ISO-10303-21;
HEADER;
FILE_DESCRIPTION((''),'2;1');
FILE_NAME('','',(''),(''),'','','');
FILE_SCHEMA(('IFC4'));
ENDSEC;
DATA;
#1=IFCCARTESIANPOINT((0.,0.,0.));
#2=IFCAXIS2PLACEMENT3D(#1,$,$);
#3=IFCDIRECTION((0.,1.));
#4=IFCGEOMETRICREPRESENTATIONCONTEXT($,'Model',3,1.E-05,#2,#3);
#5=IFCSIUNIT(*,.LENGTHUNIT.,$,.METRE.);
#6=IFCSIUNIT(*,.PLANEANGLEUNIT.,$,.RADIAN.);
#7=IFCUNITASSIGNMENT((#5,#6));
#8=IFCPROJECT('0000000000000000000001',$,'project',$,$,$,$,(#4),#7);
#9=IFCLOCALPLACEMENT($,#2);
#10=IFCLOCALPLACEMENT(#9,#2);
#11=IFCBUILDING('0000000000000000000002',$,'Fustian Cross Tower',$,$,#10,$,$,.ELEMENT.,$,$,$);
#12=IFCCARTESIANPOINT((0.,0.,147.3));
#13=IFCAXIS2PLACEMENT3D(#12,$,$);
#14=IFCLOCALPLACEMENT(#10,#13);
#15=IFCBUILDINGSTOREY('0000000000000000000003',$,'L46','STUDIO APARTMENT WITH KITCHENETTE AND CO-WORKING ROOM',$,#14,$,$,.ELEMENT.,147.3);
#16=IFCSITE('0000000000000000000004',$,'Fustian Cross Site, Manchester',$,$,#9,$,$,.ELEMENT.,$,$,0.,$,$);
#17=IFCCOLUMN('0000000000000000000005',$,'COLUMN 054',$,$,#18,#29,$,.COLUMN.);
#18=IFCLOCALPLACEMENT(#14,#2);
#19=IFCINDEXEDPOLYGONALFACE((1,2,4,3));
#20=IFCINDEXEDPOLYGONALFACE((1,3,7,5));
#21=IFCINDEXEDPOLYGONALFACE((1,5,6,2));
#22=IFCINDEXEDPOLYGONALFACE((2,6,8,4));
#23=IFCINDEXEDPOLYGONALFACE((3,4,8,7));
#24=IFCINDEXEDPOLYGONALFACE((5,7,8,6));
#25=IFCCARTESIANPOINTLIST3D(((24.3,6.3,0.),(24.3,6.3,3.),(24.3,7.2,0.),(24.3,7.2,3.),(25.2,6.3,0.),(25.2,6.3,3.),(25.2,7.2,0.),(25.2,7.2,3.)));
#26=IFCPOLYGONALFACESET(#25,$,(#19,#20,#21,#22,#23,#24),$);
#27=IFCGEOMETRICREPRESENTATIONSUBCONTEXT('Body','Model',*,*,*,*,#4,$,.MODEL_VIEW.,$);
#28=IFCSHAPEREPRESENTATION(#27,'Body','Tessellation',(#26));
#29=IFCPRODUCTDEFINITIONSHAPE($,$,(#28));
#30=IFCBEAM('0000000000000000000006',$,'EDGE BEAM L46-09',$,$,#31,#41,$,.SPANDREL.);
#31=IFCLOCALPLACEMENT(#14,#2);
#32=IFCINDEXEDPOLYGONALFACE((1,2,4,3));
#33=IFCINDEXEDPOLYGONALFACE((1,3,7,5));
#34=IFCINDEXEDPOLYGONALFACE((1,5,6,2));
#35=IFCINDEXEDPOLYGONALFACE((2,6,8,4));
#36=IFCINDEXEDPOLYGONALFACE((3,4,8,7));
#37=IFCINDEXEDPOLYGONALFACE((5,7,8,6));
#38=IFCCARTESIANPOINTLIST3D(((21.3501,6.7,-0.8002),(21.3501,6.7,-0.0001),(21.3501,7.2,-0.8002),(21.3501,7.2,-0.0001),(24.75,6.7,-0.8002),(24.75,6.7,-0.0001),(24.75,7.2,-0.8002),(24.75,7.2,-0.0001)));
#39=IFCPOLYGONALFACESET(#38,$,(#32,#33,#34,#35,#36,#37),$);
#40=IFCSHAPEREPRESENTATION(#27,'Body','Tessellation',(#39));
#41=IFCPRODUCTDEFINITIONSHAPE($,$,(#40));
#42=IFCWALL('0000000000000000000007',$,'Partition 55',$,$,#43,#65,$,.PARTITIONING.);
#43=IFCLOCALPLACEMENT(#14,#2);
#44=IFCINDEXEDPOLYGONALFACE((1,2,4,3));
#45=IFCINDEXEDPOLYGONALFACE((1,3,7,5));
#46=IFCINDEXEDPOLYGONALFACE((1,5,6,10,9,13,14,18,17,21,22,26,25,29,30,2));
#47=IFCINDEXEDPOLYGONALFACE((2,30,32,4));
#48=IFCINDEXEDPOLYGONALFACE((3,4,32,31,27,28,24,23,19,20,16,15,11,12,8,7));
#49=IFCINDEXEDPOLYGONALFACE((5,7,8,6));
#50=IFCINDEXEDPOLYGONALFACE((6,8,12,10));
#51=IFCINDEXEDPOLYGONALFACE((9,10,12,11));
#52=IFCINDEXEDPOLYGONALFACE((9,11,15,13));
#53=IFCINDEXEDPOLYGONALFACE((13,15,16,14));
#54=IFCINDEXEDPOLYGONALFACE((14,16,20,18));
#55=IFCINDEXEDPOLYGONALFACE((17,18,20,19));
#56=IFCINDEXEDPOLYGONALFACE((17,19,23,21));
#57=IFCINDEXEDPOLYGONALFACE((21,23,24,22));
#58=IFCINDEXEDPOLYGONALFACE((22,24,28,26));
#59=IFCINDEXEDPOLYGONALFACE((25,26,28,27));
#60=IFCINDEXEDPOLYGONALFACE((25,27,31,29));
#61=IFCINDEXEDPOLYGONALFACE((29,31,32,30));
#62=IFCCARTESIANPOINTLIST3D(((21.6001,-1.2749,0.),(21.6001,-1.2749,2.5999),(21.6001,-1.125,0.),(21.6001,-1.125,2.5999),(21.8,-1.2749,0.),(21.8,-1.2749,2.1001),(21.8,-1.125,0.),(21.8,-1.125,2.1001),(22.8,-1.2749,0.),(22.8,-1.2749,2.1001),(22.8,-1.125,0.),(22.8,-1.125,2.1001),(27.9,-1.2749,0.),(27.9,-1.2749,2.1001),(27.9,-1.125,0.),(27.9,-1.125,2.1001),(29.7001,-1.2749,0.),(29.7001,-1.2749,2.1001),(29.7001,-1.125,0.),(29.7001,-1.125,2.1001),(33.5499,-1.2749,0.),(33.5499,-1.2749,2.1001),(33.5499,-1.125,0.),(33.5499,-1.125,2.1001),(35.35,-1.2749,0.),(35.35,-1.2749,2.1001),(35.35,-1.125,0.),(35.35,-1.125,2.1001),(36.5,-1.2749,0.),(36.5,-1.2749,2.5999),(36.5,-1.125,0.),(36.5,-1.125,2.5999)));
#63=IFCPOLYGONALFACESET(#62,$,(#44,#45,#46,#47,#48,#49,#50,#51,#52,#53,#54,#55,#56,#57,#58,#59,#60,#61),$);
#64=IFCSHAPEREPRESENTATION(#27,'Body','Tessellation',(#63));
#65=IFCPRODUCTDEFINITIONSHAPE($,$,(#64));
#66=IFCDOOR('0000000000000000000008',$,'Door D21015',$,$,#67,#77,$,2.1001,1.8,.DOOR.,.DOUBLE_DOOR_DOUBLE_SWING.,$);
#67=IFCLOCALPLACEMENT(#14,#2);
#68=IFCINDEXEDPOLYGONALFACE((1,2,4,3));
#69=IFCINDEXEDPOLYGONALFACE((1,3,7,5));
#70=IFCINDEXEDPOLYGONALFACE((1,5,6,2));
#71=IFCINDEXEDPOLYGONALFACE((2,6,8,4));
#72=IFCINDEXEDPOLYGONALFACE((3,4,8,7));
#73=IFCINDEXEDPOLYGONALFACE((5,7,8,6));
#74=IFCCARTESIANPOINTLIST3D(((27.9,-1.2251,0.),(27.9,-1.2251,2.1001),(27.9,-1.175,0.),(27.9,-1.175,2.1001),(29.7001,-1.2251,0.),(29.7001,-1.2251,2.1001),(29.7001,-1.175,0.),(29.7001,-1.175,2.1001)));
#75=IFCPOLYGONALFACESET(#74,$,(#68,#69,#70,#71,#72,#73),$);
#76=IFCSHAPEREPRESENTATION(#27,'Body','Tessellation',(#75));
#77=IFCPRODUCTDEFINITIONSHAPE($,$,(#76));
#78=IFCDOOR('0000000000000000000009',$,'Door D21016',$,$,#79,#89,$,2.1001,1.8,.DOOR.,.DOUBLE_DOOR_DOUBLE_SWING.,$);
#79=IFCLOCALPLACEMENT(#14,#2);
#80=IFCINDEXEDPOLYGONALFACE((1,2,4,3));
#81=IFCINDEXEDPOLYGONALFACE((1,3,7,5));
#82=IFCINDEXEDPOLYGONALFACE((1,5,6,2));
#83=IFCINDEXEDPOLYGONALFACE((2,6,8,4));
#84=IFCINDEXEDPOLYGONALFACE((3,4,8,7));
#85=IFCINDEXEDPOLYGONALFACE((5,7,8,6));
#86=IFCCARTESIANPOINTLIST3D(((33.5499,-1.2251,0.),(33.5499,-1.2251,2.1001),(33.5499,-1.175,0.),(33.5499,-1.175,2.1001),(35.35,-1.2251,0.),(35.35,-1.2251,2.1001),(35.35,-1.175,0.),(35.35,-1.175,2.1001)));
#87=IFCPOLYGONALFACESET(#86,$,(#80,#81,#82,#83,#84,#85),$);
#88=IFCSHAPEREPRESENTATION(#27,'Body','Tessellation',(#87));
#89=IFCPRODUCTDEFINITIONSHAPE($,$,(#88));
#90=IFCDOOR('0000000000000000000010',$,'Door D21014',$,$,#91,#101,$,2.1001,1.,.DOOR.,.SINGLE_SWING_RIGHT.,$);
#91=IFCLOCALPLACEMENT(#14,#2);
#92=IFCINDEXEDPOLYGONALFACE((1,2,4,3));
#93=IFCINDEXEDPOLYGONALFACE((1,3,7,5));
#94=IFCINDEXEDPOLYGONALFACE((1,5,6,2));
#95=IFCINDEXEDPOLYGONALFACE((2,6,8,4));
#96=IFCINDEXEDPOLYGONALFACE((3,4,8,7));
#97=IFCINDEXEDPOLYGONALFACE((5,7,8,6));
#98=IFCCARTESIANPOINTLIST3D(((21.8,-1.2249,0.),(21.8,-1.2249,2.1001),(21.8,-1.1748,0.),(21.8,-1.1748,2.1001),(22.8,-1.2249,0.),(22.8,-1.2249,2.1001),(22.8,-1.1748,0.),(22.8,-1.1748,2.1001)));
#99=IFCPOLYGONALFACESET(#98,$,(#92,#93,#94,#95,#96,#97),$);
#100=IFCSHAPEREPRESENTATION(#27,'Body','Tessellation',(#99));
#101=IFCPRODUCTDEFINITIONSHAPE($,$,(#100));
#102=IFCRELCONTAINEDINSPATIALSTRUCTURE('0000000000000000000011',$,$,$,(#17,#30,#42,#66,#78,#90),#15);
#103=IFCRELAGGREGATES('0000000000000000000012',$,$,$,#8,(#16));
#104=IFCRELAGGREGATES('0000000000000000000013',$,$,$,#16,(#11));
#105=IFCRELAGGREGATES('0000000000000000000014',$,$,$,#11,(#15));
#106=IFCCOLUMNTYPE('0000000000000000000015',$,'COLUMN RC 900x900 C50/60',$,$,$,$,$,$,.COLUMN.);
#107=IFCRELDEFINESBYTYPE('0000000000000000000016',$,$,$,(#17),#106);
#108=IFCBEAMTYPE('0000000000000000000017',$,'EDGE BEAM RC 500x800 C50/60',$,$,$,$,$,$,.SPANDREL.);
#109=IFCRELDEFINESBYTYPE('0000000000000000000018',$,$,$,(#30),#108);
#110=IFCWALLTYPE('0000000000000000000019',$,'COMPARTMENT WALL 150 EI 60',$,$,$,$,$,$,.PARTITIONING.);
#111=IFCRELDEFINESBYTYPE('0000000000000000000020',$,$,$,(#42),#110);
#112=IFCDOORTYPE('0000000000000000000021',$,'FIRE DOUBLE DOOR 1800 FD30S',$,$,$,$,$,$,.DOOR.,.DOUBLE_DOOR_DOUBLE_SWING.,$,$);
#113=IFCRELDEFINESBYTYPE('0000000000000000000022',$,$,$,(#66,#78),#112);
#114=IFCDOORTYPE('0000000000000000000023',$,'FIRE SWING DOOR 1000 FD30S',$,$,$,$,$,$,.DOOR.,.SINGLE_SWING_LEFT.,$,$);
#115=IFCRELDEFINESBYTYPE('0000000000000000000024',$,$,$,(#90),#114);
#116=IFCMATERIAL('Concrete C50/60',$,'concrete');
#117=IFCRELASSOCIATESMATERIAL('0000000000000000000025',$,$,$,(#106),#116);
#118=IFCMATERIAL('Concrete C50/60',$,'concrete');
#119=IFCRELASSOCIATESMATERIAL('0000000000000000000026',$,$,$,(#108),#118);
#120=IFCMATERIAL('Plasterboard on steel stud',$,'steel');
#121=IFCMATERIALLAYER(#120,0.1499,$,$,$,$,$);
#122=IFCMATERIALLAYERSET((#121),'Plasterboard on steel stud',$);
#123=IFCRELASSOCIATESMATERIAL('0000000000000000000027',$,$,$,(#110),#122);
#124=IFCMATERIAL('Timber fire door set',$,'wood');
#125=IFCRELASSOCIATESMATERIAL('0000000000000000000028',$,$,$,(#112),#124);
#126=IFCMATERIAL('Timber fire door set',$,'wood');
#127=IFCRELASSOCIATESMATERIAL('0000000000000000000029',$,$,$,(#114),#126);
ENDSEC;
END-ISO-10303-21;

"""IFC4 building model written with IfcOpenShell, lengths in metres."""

from ifc_helpers import new_model, si_unit, direction, frame, frame_2d, origin, origin_2d, place, context, subcontext, project, spatial, rectangle, extrude, material, layer, layer_set, material_profile, profile_set, type_object, element, fill, save


model = new_model("IFC4")

# Units and contexts
model_context = context("Model", 3, precision=1e-05, world=origin(), true_north=direction((0.0, 1.0)))
body_context = subcontext(model_context, "Body", "Model", "MODEL_VIEW")
ifc_project = project(units=[si_unit("LENGTHUNIT", "METRE"), si_unit("PLANEANGLEUNIT", "RADIAN")], contexts=[model_context])

# Site, building, storey
site_placement = place(None, origin())
site = spatial("IfcSite", under=ifc_project, at=site_placement, Name="Fustian Cross Site, Manchester", CompositionType="ELEMENT", RefElevation=0.0)
building_placement = place(site_placement, origin())
building = spatial("IfcBuilding", under=site, at=building_placement, Name="Fustian Cross Tower", CompositionType="ELEMENT")
storey_placement = place(building_placement, frame((0.0, 0.0, 147.3)))
storey = spatial("IfcBuildingStorey", under=building, at=storey_placement, Name="L46", Description="STUDIO APARTMENT WITH KITCHENETTE AND CO-WORKING ROOM", CompositionType="ELEMENT", Elevation=147.3)

# Column
ifc_material_1 = material(Name="Concrete C50/60", Category="concrete")
ifc_material_profile_1 = material_profile(ifc_material_1, rectangle(XDim=0.8999, YDim=0.8999, at=origin_2d()), Name="RC 900x900")
ifc_profile_set_1 = profile_set([ifc_material_profile_1], Name="Concrete C50/60")
column_type = type_object("IfcColumnType", Name="COLUMN RC 900x900 C50/60", PredefinedType="COLUMN", material=ifc_profile_set_1)
column_placement = place(storey_placement, frame((24.75, 6.75, 0.0), z_axis=(0.0, 0.0, 1.0), x_axis=(1.0, 0.0, 0.0)))
element("IfcColumn", 1, at=column_placement, inside=storey, type_object=column_type, Name="COLUMN 054", PredefinedType="COLUMN", context=body_context, shape_type="SweptSolid", body=[
    extrude(rectangle(XDim=0.8999, YDim=0.8999, at=origin_2d()), origin(), (0.0, 0.0, 1.0), 3.0),
])

# Beam
ifc_material_2 = material(Name="Concrete C50/60", Category="concrete")
ifc_material_profile_2 = material_profile(ifc_material_2, rectangle(XDim=0.5, YDim=0.8, at=origin_2d()), Name="RC 500x800")
ifc_profile_set_2 = profile_set([ifc_material_profile_2], Name="Concrete C50/60")
beam_type = type_object("IfcBeamType", Name="EDGE BEAM RC 500x800 C50/60", PredefinedType="SPANDREL", material=ifc_profile_set_2)
beam_placement = place(storey_placement, frame((24.75, 6.95, -0.4001), z_axis=(-1.0, 0.0, 0.0), x_axis=(0.0, -1.0, 0.0)))
element("IfcBeam", 2, at=beam_placement, inside=storey, type_object=beam_type, Name="EDGE BEAM L46-09", PredefinedType="SPANDREL", context=body_context, shape_type="SweptSolid", body=[
    extrude(rectangle(XDim=0.5, YDim=0.8, at=origin_2d()), origin(), (0.0, 0.0, 1.0), 3.3999),
])

# Wall, openings, doors
ifc_material_3 = material(Name="Plasterboard on steel stud", Category="steel")
ifc_layer_1 = layer(ifc_material_3, 0.1499)
ifc_layer_set_1 = layer_set([ifc_layer_1], Name="Plasterboard on steel stud")
wall_type_1 = type_object("IfcWallType", Name="COMPARTMENT WALL 150 EI 60", PredefinedType="PARTITIONING", material=ifc_layer_set_1)
wall_1_placement = place(storey_placement, frame((21.6001, -1.2, 0.0), z_axis=(0.0, 0.0, 1.0), x_axis=(1.0, 0.0, 0.0)))
wall_1 = element("IfcWall", 3, at=wall_1_placement, inside=storey, type_object=wall_type_1, Name="Partition 55", PredefinedType="PARTITIONING", context=body_context, shape_type="SweptSolid", body=[
    extrude(rectangle(XDim=14.8999, YDim=0.1499, at=frame_2d((7.45, 0.0))), origin(), (0.0, 0.0, 1.0), 2.5999),
])
opening_1_placement = place(wall_1_placement, frame((0.2, 0.0, 0.0)))
opening_1 = element("IfcOpeningElement", 4, at=opening_1_placement, cuts=wall_1, PredefinedType="OPENING", context=body_context, shape_type="SweptSolid", body=[
    extrude(rectangle(XDim=1.0, YDim=2.1001, at=frame_2d((0.5, 1.05))), frame((0.0, 0.085, 0.0), z_axis=(0.0, -1.0, 0.0), x_axis=(1.0, 0.0, 0.0)), (0.0, 0.0, 1.0), 0.1699),
])
opening_2_placement = place(wall_1_placement, frame((6.3, 0.0, 0.0)))
opening_2 = element("IfcOpeningElement", 5, at=opening_2_placement, cuts=wall_1, PredefinedType="OPENING", context=body_context, shape_type="SweptSolid", body=[
    extrude(rectangle(XDim=1.8, YDim=2.1001, at=frame_2d((0.8999, 1.05))), frame((0.0, 0.085, 0.0), z_axis=(0.0, -1.0, 0.0), x_axis=(1.0, 0.0, 0.0)), (0.0, 0.0, 1.0), 0.1699),
])
opening_3_placement = place(wall_1_placement, frame((11.95, 0.0, 0.0)))
opening_3 = element("IfcOpeningElement", 6, at=opening_3_placement, cuts=wall_1, PredefinedType="OPENING", context=body_context, shape_type="SweptSolid", body=[
    extrude(rectangle(XDim=1.8, YDim=2.1001, at=frame_2d((0.8999, 1.05))), frame((0.0, 0.085, 0.0), z_axis=(0.0, -1.0, 0.0), x_axis=(1.0, 0.0, 0.0)), (0.0, 0.0, 1.0), 0.1699),
])
ifc_material_4 = material(Name="Timber fire door set", Category="wood")
door_type_1 = type_object("IfcDoorType", Name="FIRE DOUBLE DOOR 1800 FD30S", OperationType="DOUBLE_DOOR_DOUBLE_SWING", PredefinedType="DOOR", material=ifc_material_4)
door_1_placement = place(opening_2_placement, origin())
door_1 = element("IfcDoor", 7, at=door_1_placement, inside=storey, type_object=door_type_1, Name="Door D21015", OperationType="DOUBLE_DOOR_DOUBLE_SWING", OverallHeight=2.1001, OverallWidth=1.8, PredefinedType="DOOR", context=body_context, shape_type="SweptSolid", body=[
    extrude(rectangle(XDim=1.8, YDim=2.1001, at=frame_2d((0.8999, 1.05))), frame((0.0, 0.0249, 0.0), z_axis=(0.0, -1.0, 0.0), x_axis=(1.0, 0.0, 0.0)), (0.0, 0.0, 1.0), 0.05),
])
fill(opening_2, door_1)
door_2_placement = place(opening_3_placement, origin())
door_2 = element("IfcDoor", 8, at=door_2_placement, inside=storey, type_object=door_type_1, Name="Door D21016", OperationType="DOUBLE_DOOR_DOUBLE_SWING", OverallHeight=2.1001, OverallWidth=1.8, PredefinedType="DOOR", context=body_context, shape_type="SweptSolid", body=[
    extrude(rectangle(XDim=1.8, YDim=2.1001, at=frame_2d((0.8999, 1.05))), frame((0.0, 0.0249, 0.0), z_axis=(0.0, -1.0, 0.0), x_axis=(1.0, 0.0, 0.0)), (0.0, 0.0, 1.0), 0.05),
])
fill(opening_3, door_2)
ifc_material_5 = material(Name="Timber fire door set", Category="wood")
door_type_2 = type_object("IfcDoorType", Name="FIRE SWING DOOR 1000 FD30S", OperationType="SINGLE_SWING_LEFT", PredefinedType="DOOR", material=ifc_material_5)
door_3_placement = place(opening_1_placement, frame((1.0, 0.0, 0.0), z_axis=(0.0, 0.0, 1.0), x_axis=(-1.0, 0.0, 0.0)))
door_3 = element("IfcDoor", 9, at=door_3_placement, inside=storey, type_object=door_type_2, Name="Door D21014", OperationType="SINGLE_SWING_RIGHT", OverallHeight=2.1001, OverallWidth=1.0, PredefinedType="DOOR", context=body_context, shape_type="SweptSolid", body=[
    extrude(rectangle(XDim=1.0, YDim=2.1001, at=frame_2d((0.5, 1.05))), frame((0.0, 0.0249, 0.0), z_axis=(0.0, -1.0, 0.0), x_axis=(1.0, 0.0, 0.0)), (0.0, 0.0, 1.0), 0.05),
])
fill(opening_1, door_3)

save(model, "model.ifc")
